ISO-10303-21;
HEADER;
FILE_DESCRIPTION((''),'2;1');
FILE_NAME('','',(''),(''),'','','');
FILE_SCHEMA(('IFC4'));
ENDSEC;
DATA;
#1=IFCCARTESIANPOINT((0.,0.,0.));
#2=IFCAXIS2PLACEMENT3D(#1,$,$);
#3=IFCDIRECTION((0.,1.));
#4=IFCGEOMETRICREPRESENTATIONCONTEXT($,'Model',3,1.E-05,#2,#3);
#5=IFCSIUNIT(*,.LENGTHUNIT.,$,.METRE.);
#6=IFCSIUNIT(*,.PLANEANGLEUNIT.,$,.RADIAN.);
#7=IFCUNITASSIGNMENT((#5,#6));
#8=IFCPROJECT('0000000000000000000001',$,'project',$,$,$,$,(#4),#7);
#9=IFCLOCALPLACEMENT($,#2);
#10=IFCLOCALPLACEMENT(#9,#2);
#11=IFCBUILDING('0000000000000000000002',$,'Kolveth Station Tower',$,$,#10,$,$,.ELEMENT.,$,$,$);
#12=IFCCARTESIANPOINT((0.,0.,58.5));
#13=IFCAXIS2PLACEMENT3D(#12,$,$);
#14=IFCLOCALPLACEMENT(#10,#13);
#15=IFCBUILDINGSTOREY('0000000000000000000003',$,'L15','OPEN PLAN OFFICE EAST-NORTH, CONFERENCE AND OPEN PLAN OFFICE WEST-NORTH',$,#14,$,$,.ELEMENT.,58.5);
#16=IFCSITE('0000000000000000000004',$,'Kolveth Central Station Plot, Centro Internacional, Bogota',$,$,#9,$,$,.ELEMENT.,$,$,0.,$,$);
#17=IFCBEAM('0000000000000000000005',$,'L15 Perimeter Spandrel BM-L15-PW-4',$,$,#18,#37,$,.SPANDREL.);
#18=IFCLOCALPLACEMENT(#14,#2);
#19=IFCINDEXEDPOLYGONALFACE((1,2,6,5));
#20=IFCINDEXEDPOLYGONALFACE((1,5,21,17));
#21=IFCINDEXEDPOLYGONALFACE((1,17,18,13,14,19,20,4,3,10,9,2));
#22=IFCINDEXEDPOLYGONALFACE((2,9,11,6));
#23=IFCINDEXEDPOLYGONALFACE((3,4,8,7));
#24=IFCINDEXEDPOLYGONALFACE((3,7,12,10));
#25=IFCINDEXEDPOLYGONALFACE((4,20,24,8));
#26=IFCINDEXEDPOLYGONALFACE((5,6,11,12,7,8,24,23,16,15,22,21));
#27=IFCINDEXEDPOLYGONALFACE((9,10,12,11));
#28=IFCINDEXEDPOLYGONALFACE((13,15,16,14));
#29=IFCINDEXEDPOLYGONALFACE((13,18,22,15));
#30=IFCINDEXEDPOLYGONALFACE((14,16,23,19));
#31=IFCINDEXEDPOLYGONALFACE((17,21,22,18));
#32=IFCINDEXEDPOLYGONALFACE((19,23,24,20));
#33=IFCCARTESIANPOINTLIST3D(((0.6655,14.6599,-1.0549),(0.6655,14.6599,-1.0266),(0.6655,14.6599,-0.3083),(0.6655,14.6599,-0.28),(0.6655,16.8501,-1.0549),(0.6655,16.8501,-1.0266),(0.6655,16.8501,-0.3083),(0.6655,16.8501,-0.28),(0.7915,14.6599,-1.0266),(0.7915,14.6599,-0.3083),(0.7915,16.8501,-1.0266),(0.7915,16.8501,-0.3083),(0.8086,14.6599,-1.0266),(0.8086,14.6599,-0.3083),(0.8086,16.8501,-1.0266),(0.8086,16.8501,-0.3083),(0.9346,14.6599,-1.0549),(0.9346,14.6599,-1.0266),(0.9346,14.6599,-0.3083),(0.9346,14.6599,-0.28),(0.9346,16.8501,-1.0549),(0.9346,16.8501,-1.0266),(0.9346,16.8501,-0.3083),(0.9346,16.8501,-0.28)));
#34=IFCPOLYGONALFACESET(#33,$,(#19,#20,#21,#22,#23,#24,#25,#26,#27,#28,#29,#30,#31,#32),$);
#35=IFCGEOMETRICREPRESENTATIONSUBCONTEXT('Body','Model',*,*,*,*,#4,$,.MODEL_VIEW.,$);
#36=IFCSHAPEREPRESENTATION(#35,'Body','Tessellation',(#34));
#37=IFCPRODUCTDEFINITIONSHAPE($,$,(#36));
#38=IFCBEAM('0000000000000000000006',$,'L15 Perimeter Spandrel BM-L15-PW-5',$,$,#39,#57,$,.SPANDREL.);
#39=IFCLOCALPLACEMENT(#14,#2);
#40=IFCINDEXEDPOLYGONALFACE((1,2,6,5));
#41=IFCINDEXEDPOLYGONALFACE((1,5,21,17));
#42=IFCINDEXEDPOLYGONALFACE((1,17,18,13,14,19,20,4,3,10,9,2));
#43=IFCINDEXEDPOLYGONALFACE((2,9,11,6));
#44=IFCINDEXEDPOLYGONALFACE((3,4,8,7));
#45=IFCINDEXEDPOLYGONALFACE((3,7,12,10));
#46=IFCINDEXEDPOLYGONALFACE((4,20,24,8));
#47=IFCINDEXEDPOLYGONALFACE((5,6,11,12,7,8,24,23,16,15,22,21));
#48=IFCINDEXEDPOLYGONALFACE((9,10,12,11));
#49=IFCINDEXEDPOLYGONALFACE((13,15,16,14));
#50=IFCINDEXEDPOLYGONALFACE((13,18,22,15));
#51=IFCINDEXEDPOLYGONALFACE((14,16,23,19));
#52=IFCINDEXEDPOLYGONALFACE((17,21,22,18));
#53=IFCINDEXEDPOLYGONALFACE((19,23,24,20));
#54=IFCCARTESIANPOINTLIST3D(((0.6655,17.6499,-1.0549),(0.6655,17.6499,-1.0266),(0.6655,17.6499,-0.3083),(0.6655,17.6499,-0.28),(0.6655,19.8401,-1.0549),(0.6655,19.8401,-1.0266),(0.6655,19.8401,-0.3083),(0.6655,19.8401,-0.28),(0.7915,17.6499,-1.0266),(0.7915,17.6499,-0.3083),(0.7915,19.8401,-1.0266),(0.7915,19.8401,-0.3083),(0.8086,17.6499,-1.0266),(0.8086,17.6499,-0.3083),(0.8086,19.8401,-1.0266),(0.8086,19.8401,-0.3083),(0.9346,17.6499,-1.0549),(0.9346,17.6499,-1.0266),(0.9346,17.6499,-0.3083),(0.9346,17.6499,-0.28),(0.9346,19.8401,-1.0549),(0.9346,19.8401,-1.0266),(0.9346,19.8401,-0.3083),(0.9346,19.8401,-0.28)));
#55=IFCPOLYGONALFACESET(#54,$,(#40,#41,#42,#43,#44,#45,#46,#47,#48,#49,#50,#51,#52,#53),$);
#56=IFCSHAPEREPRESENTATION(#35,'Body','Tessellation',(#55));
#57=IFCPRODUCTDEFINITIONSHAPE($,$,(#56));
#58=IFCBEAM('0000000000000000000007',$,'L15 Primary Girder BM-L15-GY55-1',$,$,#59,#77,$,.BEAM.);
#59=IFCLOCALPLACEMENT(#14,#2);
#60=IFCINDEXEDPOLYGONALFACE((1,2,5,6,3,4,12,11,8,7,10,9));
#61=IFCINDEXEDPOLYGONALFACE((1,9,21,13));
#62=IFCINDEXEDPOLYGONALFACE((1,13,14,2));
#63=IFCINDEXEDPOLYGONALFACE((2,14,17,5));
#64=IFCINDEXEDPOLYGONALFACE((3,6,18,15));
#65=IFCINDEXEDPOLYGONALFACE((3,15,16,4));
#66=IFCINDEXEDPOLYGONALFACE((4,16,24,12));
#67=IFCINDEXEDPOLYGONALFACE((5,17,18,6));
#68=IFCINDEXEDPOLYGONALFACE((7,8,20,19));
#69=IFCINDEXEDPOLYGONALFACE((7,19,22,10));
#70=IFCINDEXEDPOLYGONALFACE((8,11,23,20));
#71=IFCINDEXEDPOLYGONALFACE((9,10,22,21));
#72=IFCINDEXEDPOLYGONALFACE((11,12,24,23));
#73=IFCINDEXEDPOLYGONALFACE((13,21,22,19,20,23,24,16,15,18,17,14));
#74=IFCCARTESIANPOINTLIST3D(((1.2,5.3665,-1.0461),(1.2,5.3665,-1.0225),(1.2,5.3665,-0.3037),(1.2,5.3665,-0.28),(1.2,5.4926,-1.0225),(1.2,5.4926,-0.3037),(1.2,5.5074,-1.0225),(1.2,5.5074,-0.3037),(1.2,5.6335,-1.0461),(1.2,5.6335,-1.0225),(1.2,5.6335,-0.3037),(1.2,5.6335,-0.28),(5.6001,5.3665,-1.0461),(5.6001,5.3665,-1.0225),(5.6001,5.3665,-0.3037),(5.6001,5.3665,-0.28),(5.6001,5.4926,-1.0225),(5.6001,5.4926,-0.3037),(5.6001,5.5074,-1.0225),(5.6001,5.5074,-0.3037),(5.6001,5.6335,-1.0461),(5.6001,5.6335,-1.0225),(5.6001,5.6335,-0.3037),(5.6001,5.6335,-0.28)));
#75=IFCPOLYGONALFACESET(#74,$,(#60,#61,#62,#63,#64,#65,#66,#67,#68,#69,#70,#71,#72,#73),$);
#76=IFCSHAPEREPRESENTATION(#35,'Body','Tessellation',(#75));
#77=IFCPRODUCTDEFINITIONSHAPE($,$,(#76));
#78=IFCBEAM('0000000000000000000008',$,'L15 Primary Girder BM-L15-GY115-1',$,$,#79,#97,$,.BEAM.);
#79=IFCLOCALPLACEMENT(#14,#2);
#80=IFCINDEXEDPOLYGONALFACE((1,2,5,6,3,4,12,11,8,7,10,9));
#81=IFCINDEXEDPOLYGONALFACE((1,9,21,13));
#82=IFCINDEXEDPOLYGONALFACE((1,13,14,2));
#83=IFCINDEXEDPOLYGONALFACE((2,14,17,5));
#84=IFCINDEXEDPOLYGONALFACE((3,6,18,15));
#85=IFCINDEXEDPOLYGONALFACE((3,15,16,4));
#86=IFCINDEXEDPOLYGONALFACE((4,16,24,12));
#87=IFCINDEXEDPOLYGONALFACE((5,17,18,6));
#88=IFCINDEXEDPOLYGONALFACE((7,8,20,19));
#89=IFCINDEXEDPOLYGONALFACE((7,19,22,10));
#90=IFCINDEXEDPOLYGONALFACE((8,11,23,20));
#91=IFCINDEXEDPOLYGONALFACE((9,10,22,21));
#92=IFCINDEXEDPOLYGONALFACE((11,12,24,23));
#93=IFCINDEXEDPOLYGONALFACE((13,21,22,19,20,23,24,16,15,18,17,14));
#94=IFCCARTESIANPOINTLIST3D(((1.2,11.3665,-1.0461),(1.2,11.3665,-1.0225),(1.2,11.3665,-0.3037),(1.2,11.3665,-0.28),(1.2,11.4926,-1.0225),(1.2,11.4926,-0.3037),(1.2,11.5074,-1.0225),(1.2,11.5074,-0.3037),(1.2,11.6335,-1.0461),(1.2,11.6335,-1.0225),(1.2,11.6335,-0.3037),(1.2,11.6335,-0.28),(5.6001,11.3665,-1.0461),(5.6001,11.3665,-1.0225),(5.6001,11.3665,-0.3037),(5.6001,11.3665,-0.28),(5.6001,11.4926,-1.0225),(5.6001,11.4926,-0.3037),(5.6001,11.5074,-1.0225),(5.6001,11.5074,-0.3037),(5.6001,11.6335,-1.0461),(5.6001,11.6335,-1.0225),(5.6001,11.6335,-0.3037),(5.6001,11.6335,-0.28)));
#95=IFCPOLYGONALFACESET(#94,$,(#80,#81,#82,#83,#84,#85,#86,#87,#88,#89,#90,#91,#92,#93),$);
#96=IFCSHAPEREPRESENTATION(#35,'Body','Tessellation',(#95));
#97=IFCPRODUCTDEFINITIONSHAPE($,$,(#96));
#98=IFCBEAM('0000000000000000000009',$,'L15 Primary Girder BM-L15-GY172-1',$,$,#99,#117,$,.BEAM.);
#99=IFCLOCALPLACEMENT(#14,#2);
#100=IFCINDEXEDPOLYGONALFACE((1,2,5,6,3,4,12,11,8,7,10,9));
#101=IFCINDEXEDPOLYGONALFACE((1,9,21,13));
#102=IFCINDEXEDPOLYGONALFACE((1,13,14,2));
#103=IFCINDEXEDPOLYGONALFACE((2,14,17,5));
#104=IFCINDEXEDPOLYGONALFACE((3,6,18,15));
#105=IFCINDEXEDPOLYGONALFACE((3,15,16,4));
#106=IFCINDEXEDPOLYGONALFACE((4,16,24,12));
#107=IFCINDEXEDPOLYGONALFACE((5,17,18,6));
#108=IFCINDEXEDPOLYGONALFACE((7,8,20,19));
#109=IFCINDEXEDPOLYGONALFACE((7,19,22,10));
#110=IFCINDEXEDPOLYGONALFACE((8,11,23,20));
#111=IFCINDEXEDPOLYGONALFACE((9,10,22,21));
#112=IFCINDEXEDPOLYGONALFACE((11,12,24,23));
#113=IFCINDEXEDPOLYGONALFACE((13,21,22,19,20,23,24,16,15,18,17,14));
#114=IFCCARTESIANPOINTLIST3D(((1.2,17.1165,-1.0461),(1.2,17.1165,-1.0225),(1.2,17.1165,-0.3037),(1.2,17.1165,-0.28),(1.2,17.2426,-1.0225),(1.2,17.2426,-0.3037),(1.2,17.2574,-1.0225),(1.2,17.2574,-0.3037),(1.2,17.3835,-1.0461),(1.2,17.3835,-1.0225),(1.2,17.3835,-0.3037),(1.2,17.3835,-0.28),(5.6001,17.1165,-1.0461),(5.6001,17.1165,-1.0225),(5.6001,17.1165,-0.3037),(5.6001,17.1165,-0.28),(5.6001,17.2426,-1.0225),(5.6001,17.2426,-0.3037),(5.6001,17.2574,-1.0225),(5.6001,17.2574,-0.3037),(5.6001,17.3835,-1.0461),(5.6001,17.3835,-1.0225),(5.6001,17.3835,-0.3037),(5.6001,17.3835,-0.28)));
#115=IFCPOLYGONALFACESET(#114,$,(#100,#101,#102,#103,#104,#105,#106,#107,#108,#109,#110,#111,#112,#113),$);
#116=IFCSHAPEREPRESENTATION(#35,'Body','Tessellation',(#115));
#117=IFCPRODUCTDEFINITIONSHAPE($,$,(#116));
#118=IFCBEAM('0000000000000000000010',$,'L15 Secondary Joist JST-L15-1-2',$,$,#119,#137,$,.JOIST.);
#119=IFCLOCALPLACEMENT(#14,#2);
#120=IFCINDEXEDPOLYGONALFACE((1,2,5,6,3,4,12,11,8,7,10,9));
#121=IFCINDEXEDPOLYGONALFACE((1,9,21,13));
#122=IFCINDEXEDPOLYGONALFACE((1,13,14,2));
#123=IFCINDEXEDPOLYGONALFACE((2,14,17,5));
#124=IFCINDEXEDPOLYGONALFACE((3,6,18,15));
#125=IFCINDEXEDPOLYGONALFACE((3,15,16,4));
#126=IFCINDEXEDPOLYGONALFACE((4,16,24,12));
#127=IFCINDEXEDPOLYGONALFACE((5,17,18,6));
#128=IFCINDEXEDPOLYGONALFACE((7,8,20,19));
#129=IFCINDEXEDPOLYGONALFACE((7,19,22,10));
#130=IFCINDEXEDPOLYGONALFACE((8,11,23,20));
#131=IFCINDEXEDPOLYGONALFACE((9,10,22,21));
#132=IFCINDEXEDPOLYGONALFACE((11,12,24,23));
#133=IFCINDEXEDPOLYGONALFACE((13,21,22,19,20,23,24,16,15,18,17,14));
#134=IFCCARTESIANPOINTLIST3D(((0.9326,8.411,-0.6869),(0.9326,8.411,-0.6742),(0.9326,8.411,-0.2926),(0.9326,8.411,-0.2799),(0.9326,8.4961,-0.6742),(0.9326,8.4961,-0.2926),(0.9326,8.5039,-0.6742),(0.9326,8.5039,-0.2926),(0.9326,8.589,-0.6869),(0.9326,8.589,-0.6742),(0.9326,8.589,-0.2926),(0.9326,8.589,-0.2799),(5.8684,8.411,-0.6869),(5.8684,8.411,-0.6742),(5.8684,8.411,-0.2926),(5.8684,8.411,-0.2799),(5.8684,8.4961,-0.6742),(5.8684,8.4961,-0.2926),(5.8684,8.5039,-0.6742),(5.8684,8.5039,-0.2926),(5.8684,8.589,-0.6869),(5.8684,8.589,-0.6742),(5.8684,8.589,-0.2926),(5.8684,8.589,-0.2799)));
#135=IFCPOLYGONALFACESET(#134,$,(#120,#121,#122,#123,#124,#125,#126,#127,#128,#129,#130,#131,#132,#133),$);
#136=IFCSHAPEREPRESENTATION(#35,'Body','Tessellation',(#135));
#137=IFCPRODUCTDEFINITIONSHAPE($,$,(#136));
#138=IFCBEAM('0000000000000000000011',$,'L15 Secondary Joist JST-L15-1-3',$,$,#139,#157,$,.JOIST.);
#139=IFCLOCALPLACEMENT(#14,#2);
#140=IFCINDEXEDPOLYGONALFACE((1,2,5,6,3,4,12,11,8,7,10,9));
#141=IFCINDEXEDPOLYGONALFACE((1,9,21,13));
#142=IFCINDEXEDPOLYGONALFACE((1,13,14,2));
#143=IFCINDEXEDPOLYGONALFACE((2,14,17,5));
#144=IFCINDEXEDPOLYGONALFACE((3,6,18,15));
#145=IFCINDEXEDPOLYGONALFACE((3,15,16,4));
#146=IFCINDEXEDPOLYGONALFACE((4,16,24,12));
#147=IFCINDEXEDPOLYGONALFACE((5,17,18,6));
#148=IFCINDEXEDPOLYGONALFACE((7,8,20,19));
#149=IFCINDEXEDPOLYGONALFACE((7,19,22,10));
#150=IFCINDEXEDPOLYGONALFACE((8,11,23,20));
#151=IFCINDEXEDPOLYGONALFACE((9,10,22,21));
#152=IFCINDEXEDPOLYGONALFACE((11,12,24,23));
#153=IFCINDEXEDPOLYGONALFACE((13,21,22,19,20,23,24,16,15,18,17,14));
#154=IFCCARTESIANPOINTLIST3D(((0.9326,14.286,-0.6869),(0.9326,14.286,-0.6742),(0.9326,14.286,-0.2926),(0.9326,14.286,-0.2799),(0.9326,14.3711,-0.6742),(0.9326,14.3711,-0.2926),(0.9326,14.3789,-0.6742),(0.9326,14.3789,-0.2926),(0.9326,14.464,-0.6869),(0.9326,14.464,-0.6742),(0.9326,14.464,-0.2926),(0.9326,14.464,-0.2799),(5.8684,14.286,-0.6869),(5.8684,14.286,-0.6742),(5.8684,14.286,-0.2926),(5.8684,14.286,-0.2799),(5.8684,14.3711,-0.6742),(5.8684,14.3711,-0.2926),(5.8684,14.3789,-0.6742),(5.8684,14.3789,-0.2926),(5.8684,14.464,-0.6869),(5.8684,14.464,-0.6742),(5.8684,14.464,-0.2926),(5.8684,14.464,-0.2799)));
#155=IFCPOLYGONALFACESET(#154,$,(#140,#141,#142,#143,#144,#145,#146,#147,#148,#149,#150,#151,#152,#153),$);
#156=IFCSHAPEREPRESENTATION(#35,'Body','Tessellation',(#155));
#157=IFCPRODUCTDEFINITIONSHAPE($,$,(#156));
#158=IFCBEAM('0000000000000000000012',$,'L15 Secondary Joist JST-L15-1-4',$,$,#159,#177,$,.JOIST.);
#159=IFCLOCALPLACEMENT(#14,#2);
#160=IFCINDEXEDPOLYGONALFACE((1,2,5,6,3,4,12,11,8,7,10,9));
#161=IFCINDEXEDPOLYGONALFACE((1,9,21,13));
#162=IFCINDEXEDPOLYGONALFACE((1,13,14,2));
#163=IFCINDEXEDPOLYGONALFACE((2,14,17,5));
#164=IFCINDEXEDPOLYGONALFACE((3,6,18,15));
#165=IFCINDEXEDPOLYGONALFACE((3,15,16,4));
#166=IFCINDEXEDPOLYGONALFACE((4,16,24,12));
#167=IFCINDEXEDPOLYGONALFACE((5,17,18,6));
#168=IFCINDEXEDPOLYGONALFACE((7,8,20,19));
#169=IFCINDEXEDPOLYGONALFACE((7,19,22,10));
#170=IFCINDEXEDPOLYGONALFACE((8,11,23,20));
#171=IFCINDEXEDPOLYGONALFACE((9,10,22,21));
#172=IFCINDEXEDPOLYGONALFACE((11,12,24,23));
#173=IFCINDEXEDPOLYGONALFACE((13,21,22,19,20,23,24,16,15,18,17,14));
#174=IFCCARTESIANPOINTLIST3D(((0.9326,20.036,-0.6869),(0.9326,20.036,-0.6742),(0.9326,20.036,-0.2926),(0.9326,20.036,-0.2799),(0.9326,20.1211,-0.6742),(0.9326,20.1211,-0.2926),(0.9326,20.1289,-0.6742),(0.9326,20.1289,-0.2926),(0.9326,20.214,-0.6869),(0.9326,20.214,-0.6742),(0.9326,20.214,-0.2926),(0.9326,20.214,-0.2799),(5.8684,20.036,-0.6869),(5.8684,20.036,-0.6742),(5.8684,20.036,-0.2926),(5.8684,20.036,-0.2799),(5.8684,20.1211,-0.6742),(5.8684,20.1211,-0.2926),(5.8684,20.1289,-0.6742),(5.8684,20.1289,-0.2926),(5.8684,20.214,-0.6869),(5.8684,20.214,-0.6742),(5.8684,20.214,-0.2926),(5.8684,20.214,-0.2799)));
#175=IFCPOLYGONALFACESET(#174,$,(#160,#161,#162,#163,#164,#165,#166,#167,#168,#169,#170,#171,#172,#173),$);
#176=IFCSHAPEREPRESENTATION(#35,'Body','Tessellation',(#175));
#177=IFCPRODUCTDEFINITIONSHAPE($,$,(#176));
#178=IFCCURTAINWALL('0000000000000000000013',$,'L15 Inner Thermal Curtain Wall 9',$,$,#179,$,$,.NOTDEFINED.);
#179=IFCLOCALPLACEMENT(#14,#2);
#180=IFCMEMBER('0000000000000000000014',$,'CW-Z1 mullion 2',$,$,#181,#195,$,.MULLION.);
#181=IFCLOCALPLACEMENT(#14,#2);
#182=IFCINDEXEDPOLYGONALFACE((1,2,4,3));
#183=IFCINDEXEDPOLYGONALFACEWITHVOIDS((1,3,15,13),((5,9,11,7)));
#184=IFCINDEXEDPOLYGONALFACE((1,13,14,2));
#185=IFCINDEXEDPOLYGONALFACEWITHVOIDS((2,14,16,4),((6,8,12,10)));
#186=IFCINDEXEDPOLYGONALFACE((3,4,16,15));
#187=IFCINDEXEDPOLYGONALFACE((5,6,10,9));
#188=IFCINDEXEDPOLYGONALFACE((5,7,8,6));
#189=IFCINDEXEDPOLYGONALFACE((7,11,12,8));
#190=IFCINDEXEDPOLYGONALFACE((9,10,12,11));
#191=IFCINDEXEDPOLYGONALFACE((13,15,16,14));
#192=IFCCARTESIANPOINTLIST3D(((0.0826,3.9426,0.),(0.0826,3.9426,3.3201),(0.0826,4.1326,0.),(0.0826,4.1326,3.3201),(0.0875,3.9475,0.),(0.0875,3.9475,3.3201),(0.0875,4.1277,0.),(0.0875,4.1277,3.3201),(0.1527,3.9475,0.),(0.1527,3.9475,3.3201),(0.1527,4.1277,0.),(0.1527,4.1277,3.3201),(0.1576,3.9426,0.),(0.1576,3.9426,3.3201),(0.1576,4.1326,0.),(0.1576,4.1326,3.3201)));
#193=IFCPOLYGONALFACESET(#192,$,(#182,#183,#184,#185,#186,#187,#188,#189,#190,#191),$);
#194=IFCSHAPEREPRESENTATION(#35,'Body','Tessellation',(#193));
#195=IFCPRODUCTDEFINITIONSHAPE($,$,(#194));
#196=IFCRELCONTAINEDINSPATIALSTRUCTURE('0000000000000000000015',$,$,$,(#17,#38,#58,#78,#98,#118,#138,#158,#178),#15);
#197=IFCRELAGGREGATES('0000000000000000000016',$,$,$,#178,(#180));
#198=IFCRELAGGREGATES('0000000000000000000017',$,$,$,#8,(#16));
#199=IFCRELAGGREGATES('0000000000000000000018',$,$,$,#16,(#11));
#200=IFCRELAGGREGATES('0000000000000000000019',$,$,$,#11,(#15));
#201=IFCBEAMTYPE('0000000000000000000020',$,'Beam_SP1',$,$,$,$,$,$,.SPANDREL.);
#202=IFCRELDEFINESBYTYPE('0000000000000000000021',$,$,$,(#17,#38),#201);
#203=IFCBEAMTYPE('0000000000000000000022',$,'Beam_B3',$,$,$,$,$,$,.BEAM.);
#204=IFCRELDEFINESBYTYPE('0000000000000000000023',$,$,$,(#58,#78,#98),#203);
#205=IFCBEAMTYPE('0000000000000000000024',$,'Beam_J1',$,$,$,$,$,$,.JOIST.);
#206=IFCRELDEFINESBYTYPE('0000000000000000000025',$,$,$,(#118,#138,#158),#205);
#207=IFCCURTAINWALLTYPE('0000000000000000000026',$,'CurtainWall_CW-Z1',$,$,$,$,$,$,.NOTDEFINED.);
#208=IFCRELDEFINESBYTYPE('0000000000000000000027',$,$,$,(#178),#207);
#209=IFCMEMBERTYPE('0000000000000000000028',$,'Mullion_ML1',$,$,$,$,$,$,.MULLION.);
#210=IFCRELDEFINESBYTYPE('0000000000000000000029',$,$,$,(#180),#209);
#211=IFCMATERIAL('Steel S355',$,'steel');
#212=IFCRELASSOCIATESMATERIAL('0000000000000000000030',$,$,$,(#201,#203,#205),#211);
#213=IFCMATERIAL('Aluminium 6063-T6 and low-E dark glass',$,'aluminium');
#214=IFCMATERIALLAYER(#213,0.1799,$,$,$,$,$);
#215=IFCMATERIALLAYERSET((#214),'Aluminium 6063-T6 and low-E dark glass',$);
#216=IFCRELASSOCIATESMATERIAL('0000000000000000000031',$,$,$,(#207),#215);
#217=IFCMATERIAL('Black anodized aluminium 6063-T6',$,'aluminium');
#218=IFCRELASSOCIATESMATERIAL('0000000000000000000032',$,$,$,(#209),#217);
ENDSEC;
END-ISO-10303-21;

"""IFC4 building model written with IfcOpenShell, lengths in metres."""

from ifc_helpers import new_model, si_unit, direction, frame, origin, origin_2d, place, context, subcontext, project, spatial, hollow_rectangle, i_section, extrude, source, transform, mapped, material, layer, layer_set, material_profile, profile_set, type_object, element, aggregate, save


model = new_model("IFC4")

# Units and contexts
model_context = context("Model", 3, precision=1e-05, world=origin(), true_north=direction((0.0, 1.0)))
body_context = subcontext(model_context, "Body", "Model", "MODEL_VIEW")
ifc_project = project(units=[si_unit("LENGTHUNIT", "METRE"), si_unit("PLANEANGLEUNIT", "RADIAN")], contexts=[model_context])

# Site, building, storey
site_placement = place(None, origin())
site = spatial("IfcSite", under=ifc_project, at=site_placement, Name="Kolveth Central Station Plot, Centro Internacional, Bogota", CompositionType="ELEMENT", RefElevation=0.0)
building_placement = place(site_placement, origin())
building = spatial("IfcBuilding", under=site, at=building_placement, Name="Kolveth Station Tower", CompositionType="ELEMENT")
storey_placement = place(building_placement, frame((0.0, 0.0, 58.5)))
storey = spatial("IfcBuildingStorey", under=building, at=storey_placement, Name="L15", Description="OPEN PLAN OFFICE EAST-NORTH, CONFERENCE AND OPEN PLAN OFFICE WEST-NORTH", CompositionType="ELEMENT", Elevation=58.5)

# Shared definitions
ifc_material_1 = material(Name="Steel S355", Category="steel")

# Beams
ifc_material_profile_1 = material_profile(ifc_material_1, i_section(OverallWidth=0.269, OverallDepth=0.7749, WebThickness=0.0171, FlangeThickness=0.0283, at=origin_2d()), Name="W760x220")
ifc_profile_set_1 = profile_set([ifc_material_profile_1], Name="Steel S355")
beam_type_1 = type_object("IfcBeamType", Name="Beam_SP1", PredefinedType="SPANDREL", material=ifc_profile_set_1)
shared_shape_1 = source(origin(), body_context, "Body", "SweptSolid", [
    extrude(i_section(OverallWidth=0.269, OverallDepth=0.7749, WebThickness=0.0171, FlangeThickness=0.0283, at=origin_2d()), origin(), (0.0, 0.0, 1.0), 2.1902),
])
for number, where, z_axis, x_axis, name in (
    (1, (0.8, 14.6599, -0.6675), (0.0, 1.0, 0.0), (-1.0, 0.0, 0.0), "L15 Perimeter Spandrel BM-L15-PW-4"),
    (2, (0.8, 17.6499, -0.6675), (0.0, 1.0, 0.0), (-1.0, 0.0, 0.0), "L15 Perimeter Spandrel BM-L15-PW-5"),
):
    element("IfcBeam", number, at=place(storey_placement, frame(where, z_axis=z_axis, x_axis=x_axis)), inside=storey, type_object=beam_type_1, Name=name, PredefinedType="SPANDREL", context=body_context, shape_type="MappedRepresentation", body=[
        mapped(shared_shape_1, transform((0.0, 0.0, 0.0), x_axis=(1.0, 0.0, 0.0), y_axis=(0.0, 1.0, 0.0), z_axis=(0.0, 0.0, 1.0), scale=1.0)),
    ])
ifc_material_profile_2 = material_profile(ifc_material_1, i_section(OverallWidth=0.2671, OverallDepth=0.7661, WebThickness=0.0149, FlangeThickness=0.0237, at=origin_2d()), Name="W760x185")
ifc_profile_set_2 = profile_set([ifc_material_profile_2], Name="Steel S355")
beam_type_2 = type_object("IfcBeamType", Name="Beam_B3", PredefinedType="BEAM", material=ifc_profile_set_2)
shared_shape_2 = source(origin(), body_context, "Body", "SweptSolid", [
    extrude(i_section(OverallWidth=0.2671, OverallDepth=0.7661, WebThickness=0.0149, FlangeThickness=0.0237, at=origin_2d()), origin(), (0.0, 0.0, 1.0), 4.4001),
])
for number, where, z_axis, x_axis, name in (
    (3, (1.2, 5.5, -0.6631), (1.0, 0.0, 0.0), (0.0, 1.0, 0.0), "L15 Primary Girder BM-L15-GY55-1"),
    (4, (1.2, 11.5, -0.6631), (1.0, 0.0, 0.0), (0.0, 1.0, 0.0), "L15 Primary Girder BM-L15-GY115-1"),
    (5, (1.2, 17.25, -0.6631), (1.0, 0.0, 0.0), (0.0, 1.0, 0.0), "L15 Primary Girder BM-L15-GY172-1"),
):
    element("IfcBeam", number, at=place(storey_placement, frame(where, z_axis=z_axis, x_axis=x_axis)), inside=storey, type_object=beam_type_2, Name=name, PredefinedType="BEAM", context=body_context, shape_type="MappedRepresentation", body=[
        mapped(shared_shape_2, transform((0.0, 0.0, 0.0), x_axis=(1.0, 0.0, 0.0), y_axis=(0.0, 1.0, 0.0), z_axis=(0.0, 0.0, 1.0), scale=1.0)),
    ])
ifc_material_profile_3 = material_profile(ifc_material_1, i_section(OverallWidth=0.178, OverallDepth=0.407, WebThickness=0.0078, FlangeThickness=0.0127, at=origin_2d()), Name="W410x60")
ifc_profile_set_3 = profile_set([ifc_material_profile_3], Name="Steel S355")
beam_type_3 = type_object("IfcBeamType", Name="Beam_J1", PredefinedType="JOIST", material=ifc_profile_set_3)
shared_shape_3 = source(origin(), body_context, "Body", "SweptSolid", [
    extrude(i_section(OverallWidth=0.178, OverallDepth=0.407, WebThickness=0.0078, FlangeThickness=0.0127, at=origin_2d()), origin(), (0.0, 0.0, 1.0), 4.9358),
])
for number, where, z_axis, x_axis, name in (
    (6, (0.9326, 8.5, -0.4834), (1.0, 0.0, 0.0), (0.0, 1.0, 0.0), "L15 Secondary Joist JST-L15-1-2"),
    (7, (0.9326, 14.375, -0.4834), (1.0, 0.0, 0.0), (0.0, 1.0, 0.0), "L15 Secondary Joist JST-L15-1-3"),
    (8, (0.9326, 20.125, -0.4834), (1.0, 0.0, 0.0), (0.0, 1.0, 0.0), "L15 Secondary Joist JST-L15-1-4"),
):
    element("IfcBeam", number, at=place(storey_placement, frame(where, z_axis=z_axis, x_axis=x_axis)), inside=storey, type_object=beam_type_3, Name=name, PredefinedType="JOIST", context=body_context, shape_type="MappedRepresentation", body=[
        mapped(shared_shape_3, transform((0.0, 0.0, 0.0), x_axis=(1.0, 0.0, 0.0), y_axis=(0.0, 1.0, 0.0), z_axis=(0.0, 0.0, 1.0), scale=1.0)),
    ])

# Curtain wall, member
ifc_material_2 = material(Name="Aluminium 6063-T6 and low-E dark glass", Category="aluminium")
ifc_layer_1 = layer(ifc_material_2, 0.1799)
ifc_layer_set_1 = layer_set([ifc_layer_1], Name="Aluminium 6063-T6 and low-E dark glass")
curtain_wall_type_1 = type_object("IfcCurtainWallType", Name="CurtainWall_CW-Z1", PredefinedType="NOTDEFINED", material=ifc_layer_set_1)
curtain_wall_1_placement = place(storey_placement, origin())
curtain_wall_1 = element("IfcCurtainWall", 9, at=curtain_wall_1_placement, inside=storey, type_object=curtain_wall_type_1, Name="L15 Inner Thermal Curtain Wall 9", PredefinedType="NOTDEFINED")
ifc_material_3 = material(Name="Black anodized aluminium 6063-T6", Category="aluminium")
ifc_material_profile_4 = material_profile(ifc_material_3, hollow_rectangle(XDim=0.075, YDim=0.1899, WallThickness=0.0049, at=origin_2d()), Name="ALU-75x190x5")
ifc_profile_set_4 = profile_set([ifc_material_profile_4], Name="Black anodized aluminium 6063-T6")
member_type_1 = type_object("IfcMemberType", Name="Mullion_ML1", PredefinedType="MULLION", material=ifc_profile_set_4)
shared_shape_4 = source(origin(), body_context, "Body", "SweptSolid", [
    extrude(hollow_rectangle(XDim=0.075, YDim=0.1899, WallThickness=0.0049, at=origin_2d()), origin(), (0.0, 0.0, 1.0), 3.3201),
])
member_1_placement = place(storey_placement, frame((0.1201, 4.0376, 0.0), z_axis=(0.0, 0.0, 1.0), x_axis=(1.0, 0.0, 0.0)))
member_1 = element("IfcMember", 10, at=member_1_placement, type_object=member_type_1, Name="CW-Z1 mullion 2", PredefinedType="MULLION", context=body_context, shape_type="MappedRepresentation", body=[
    mapped(shared_shape_4, transform((0.0, 0.0, 0.0), x_axis=(1.0, 0.0, 0.0), y_axis=(0.0, 1.0, 0.0), z_axis=(0.0, 0.0, 1.0), scale=1.0)),
])
aggregate(curtain_wall_1, [member_1])

save(model, "model.ifc")
